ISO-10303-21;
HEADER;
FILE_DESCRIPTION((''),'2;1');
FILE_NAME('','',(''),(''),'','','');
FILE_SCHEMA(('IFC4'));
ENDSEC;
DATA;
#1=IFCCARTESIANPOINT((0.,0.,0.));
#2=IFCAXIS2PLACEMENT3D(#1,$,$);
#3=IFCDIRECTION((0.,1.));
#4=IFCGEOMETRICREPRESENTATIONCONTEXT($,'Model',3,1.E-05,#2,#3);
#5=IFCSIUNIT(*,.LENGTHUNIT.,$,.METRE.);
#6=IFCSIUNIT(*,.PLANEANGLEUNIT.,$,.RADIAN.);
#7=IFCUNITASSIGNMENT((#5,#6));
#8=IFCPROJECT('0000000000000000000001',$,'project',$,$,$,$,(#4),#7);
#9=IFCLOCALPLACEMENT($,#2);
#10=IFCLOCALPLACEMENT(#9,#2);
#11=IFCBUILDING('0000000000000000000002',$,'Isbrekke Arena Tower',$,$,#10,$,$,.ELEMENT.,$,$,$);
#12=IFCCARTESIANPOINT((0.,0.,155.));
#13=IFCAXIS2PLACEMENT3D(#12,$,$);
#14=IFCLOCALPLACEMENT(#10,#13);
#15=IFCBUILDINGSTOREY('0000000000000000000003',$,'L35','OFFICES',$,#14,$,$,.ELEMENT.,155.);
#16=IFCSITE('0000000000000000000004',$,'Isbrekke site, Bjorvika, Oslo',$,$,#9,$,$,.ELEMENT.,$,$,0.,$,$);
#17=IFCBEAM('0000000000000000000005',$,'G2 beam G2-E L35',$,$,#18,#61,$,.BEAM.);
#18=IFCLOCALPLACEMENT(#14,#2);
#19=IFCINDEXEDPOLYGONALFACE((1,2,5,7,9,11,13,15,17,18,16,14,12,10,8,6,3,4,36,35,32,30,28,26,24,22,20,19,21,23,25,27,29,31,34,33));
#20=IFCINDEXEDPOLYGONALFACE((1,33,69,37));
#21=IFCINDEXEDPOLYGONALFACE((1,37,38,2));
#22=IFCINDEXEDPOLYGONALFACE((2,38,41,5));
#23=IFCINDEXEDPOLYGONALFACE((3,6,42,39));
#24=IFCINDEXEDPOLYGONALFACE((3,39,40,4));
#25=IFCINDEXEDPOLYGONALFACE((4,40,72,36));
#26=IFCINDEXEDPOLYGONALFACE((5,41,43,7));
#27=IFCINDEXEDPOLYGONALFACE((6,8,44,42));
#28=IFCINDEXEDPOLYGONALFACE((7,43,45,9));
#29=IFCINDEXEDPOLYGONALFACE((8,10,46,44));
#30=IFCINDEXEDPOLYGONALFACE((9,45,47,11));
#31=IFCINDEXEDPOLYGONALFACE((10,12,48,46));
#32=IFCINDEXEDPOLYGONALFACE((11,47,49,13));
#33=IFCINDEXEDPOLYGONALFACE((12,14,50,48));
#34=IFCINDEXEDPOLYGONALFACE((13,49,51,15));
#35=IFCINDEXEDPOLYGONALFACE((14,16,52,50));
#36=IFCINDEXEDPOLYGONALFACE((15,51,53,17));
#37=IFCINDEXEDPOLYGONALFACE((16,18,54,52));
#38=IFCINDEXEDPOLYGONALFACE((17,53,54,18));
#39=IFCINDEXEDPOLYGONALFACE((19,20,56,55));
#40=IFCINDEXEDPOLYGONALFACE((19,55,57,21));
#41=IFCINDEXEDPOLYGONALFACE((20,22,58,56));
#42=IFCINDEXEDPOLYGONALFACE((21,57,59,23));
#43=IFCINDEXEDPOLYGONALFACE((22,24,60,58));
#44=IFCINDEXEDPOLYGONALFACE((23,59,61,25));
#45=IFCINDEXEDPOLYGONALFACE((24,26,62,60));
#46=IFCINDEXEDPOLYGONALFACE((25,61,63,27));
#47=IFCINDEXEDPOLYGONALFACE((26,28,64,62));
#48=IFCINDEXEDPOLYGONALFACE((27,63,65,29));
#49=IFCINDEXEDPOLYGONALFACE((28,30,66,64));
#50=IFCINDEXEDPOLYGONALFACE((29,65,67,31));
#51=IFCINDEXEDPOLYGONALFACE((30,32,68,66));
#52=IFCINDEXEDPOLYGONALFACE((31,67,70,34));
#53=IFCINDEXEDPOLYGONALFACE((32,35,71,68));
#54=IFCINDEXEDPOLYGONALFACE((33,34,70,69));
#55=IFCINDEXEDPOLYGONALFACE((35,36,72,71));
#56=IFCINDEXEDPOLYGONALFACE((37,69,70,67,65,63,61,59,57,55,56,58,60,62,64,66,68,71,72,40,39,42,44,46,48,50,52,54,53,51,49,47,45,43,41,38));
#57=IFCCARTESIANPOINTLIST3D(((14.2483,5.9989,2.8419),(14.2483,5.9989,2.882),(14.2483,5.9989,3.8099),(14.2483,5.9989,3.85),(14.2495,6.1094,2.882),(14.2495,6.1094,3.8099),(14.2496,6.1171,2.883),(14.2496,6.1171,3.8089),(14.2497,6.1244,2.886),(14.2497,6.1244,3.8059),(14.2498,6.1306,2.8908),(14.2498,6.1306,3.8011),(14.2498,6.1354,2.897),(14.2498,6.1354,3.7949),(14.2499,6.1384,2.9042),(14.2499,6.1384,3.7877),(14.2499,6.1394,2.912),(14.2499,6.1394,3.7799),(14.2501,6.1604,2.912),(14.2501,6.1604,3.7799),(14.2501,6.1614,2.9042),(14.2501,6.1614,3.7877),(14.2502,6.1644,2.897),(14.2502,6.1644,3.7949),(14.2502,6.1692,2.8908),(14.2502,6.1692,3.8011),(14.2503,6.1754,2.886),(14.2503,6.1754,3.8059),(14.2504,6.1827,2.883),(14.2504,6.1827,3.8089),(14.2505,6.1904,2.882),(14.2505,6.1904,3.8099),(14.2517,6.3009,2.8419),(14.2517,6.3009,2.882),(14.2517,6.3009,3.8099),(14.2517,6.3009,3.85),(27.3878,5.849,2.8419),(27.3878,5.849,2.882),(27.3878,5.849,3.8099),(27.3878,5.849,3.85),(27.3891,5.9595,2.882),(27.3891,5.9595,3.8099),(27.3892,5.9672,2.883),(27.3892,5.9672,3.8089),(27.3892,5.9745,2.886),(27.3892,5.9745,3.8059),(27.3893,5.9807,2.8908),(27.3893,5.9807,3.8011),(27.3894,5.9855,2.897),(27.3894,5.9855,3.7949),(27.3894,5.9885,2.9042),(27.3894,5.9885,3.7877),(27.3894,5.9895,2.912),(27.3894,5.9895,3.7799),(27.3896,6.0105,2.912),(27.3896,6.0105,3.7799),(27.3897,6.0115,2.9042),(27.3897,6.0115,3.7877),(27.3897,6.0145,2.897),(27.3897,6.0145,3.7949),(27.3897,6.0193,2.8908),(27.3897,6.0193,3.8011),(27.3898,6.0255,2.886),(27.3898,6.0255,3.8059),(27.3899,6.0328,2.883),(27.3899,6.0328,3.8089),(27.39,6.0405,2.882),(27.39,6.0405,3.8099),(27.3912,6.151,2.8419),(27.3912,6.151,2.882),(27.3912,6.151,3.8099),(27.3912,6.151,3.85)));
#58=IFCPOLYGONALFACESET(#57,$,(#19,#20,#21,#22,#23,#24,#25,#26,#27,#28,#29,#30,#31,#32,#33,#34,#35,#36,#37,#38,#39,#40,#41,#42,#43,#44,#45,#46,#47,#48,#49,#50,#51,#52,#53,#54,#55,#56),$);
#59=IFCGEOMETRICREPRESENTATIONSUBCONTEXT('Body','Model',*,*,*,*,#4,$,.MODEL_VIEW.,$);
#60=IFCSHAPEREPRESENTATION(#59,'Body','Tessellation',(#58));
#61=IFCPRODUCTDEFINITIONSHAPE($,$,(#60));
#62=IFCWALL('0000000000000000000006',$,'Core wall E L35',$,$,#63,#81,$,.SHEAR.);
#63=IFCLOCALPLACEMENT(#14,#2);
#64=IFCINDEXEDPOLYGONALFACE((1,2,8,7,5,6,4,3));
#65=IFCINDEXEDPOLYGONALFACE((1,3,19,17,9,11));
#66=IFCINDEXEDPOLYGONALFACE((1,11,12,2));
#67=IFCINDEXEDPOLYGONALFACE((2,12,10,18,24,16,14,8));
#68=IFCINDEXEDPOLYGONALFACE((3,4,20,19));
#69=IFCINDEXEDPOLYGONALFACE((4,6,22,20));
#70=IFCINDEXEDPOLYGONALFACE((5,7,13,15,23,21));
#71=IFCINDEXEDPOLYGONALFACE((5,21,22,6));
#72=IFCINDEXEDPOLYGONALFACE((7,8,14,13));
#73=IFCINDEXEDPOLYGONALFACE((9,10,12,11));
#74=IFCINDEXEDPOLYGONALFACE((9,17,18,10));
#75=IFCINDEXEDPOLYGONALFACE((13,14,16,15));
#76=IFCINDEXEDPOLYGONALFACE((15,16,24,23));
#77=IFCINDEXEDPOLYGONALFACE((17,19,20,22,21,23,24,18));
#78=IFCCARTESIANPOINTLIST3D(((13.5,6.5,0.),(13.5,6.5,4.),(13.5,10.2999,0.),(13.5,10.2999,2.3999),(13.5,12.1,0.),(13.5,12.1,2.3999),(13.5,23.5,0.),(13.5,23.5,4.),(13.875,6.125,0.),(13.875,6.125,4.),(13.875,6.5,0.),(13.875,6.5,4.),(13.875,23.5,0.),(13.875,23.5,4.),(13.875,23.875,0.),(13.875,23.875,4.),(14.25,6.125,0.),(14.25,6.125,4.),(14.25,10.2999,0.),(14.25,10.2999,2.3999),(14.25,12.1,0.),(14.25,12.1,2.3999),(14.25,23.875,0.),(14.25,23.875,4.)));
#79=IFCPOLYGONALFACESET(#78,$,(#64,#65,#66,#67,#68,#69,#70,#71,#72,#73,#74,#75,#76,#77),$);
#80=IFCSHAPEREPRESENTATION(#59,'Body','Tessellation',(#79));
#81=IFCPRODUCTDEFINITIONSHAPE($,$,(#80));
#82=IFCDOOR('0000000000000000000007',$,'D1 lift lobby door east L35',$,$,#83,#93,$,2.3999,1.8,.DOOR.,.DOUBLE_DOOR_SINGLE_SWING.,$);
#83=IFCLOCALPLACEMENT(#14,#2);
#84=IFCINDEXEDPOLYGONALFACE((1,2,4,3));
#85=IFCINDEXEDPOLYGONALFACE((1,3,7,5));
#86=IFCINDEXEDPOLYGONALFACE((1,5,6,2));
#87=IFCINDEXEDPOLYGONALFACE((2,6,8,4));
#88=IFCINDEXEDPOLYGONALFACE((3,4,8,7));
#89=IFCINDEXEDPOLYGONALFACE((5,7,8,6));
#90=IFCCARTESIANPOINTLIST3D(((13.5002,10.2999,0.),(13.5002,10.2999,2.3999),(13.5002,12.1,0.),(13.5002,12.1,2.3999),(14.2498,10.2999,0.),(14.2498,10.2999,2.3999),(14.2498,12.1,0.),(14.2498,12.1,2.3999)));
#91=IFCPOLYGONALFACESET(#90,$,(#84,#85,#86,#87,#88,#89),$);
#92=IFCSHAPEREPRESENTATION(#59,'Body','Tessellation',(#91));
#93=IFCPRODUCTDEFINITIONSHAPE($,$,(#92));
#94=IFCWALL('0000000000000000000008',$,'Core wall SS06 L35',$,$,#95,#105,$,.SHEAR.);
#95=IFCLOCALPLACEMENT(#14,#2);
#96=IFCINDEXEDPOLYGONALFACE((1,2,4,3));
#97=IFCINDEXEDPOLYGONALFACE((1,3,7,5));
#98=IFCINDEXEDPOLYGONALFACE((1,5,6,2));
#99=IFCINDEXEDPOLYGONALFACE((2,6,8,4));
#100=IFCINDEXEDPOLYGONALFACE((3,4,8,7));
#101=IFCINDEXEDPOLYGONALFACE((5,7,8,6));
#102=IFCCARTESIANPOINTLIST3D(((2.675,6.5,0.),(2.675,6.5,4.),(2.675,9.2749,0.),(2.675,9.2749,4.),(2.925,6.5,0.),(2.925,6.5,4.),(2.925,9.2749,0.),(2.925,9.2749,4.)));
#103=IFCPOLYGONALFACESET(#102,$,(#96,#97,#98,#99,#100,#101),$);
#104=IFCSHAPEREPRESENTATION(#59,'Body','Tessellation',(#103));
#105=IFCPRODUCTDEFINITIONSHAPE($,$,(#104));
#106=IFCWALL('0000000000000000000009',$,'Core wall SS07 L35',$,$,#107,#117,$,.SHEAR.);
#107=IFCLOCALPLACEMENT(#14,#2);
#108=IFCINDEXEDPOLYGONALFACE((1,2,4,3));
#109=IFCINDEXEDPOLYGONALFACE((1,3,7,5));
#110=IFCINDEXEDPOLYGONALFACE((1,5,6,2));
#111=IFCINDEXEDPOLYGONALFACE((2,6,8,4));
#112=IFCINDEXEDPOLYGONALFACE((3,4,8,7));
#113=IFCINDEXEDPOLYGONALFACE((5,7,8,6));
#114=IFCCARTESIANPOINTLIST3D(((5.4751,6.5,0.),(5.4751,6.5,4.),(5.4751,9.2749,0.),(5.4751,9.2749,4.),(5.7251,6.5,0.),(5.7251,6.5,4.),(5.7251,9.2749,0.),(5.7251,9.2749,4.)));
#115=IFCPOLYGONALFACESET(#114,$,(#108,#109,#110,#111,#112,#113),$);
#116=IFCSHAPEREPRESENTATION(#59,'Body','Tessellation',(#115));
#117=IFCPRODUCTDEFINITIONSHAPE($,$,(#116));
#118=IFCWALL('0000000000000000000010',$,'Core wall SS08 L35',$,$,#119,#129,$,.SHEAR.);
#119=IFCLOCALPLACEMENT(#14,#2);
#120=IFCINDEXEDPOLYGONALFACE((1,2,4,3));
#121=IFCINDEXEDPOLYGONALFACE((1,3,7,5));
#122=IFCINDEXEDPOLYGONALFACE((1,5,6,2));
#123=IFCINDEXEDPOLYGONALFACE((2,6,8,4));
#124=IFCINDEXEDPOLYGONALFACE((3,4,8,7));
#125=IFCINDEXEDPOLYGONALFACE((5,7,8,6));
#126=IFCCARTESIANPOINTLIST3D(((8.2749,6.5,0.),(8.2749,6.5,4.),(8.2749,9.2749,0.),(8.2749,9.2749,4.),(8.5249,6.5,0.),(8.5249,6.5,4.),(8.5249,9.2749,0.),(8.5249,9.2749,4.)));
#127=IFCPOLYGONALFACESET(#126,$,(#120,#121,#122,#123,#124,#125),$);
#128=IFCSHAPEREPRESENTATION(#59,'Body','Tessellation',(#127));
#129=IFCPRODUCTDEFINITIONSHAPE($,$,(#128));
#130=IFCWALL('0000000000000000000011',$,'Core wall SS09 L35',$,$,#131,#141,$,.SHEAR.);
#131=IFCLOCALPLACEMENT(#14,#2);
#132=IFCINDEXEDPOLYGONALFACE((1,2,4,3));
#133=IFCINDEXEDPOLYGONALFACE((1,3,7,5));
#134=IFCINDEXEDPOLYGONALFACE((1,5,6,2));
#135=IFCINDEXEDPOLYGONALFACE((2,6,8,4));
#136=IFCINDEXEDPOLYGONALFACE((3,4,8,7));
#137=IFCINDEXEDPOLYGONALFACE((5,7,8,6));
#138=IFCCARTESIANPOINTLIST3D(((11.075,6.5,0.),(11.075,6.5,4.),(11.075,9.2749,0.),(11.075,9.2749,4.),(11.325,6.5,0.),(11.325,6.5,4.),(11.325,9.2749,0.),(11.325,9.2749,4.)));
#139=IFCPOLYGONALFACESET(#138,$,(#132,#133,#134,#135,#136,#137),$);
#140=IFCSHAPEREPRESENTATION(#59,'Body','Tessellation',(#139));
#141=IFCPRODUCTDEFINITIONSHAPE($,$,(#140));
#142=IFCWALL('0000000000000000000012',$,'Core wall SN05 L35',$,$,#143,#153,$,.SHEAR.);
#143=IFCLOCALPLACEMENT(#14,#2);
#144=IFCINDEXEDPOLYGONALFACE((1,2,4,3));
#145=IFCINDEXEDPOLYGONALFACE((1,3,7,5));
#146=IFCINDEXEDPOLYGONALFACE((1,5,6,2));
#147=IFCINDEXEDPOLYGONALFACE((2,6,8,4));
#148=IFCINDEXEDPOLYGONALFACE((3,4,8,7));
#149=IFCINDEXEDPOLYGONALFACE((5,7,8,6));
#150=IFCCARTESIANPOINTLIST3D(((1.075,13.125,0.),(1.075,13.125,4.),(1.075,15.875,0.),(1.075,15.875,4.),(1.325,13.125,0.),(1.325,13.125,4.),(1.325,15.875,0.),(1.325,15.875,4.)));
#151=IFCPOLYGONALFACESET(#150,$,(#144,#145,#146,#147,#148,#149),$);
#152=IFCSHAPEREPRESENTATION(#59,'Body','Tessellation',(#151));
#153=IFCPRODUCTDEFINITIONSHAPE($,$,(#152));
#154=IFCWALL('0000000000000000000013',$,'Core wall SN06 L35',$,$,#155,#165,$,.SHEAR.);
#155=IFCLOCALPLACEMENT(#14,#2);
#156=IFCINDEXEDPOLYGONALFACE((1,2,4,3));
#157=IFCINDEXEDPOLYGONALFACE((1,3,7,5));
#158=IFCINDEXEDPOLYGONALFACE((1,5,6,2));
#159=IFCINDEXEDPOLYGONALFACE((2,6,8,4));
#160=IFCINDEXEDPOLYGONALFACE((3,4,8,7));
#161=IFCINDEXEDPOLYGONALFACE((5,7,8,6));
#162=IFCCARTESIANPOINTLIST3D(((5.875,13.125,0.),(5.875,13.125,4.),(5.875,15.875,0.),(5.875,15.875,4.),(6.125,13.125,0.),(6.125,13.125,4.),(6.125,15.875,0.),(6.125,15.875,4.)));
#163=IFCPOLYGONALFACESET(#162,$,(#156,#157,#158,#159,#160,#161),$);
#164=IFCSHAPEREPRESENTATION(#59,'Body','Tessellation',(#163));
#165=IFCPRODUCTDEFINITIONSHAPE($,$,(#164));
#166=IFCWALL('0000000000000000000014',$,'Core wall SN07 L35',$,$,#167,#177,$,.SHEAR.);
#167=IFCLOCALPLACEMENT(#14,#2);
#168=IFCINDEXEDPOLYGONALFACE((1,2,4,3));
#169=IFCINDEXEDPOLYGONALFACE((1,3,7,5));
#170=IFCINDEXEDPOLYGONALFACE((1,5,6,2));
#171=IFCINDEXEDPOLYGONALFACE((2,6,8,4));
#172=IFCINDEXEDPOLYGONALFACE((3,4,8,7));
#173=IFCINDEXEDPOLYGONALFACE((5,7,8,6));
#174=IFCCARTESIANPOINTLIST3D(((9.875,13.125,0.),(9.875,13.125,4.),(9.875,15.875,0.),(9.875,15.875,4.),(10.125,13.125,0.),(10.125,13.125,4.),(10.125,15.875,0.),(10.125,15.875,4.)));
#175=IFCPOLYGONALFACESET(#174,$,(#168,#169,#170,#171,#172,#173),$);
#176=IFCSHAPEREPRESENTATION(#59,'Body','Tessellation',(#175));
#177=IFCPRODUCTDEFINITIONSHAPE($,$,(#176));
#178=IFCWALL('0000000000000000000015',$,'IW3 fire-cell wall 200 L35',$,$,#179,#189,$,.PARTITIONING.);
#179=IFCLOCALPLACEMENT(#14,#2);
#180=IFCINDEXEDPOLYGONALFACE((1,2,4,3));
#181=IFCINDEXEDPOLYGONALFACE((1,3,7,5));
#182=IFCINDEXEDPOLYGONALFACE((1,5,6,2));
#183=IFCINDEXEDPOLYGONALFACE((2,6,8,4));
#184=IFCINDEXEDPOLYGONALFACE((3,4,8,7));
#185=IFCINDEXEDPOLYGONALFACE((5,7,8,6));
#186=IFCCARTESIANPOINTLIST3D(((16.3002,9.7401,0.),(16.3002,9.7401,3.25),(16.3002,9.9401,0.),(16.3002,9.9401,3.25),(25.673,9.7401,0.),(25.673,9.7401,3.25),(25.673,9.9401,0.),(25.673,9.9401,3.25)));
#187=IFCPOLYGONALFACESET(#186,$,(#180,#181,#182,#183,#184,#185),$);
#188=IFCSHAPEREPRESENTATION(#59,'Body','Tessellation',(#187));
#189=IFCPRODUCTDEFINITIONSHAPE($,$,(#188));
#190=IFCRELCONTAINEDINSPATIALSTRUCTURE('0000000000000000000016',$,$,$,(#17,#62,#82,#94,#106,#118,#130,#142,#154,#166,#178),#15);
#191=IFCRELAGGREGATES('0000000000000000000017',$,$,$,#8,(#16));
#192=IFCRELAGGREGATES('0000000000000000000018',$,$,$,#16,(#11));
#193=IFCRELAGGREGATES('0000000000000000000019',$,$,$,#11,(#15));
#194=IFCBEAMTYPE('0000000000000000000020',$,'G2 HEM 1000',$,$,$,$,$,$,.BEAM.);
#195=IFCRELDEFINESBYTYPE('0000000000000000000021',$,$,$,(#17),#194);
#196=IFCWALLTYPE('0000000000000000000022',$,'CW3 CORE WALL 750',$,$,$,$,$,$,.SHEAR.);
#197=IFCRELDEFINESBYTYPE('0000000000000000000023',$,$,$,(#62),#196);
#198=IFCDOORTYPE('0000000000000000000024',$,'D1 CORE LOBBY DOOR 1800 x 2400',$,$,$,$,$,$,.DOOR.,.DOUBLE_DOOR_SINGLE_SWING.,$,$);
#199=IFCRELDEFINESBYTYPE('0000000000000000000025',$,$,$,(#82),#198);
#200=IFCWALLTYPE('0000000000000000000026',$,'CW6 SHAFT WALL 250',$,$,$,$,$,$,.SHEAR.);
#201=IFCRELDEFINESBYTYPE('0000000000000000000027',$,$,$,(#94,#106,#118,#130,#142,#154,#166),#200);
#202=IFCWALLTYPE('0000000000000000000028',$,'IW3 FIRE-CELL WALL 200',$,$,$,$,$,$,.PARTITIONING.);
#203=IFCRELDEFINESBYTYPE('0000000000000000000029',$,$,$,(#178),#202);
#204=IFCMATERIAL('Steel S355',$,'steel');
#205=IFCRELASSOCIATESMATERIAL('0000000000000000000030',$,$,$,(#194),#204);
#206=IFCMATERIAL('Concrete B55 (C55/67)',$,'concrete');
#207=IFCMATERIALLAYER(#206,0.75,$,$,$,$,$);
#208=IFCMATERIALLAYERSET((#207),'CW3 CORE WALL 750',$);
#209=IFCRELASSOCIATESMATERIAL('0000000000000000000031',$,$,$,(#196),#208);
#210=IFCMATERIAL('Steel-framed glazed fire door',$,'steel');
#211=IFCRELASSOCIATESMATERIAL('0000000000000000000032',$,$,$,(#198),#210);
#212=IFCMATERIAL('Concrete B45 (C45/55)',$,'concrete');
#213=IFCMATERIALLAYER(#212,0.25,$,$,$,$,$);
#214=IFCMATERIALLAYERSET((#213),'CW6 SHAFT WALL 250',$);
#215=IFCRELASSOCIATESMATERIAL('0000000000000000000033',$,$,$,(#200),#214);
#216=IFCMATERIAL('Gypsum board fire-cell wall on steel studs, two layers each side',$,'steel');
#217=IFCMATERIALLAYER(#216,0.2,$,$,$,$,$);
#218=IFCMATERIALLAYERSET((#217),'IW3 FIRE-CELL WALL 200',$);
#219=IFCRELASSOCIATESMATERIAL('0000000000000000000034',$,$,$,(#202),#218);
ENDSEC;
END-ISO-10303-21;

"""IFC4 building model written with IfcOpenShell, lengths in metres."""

from ifc_helpers import new_model, si_unit, direction, frame, frame_2d, origin, origin_2d, place, context, subcontext, project, spatial, polyline, rectangle, i_section, outline, extrude, material, layer, layer_set, material_profile, profile_set, type_object, element, fill, save


model = new_model("IFC4")

# Units and contexts
model_context = context("Model", 3, precision=1e-05, world=origin(), true_north=direction((0.0, 1.0)))
body_context = subcontext(model_context, "Body", "Model", "MODEL_VIEW")
ifc_project = project(units=[si_unit("LENGTHUNIT", "METRE"), si_unit("PLANEANGLEUNIT", "RADIAN")], contexts=[model_context])

# Site, building, storey
site_placement = place(None, origin())
site = spatial("IfcSite", under=ifc_project, at=site_placement, Name="Isbrekke site, Bjorvika, Oslo", CompositionType="ELEMENT", RefElevation=0.0)
building_placement = place(site_placement, origin())
building = spatial("IfcBuilding", under=site, at=building_placement, Name="Isbrekke Arena Tower", CompositionType="ELEMENT")
storey_placement = place(building_placement, frame((0.0, 0.0, 155.0)))
storey = spatial("IfcBuildingStorey", under=building, at=storey_placement, Name="L35", Description="OFFICES", CompositionType="ELEMENT", Elevation=155.0)

# Beam
ifc_material_1 = material(Name="Steel S355", Category="steel")
ifc_material_profile = material_profile(ifc_material_1, i_section(OverallWidth=0.302, OverallDepth=1.0081, WebThickness=0.021, FlangeThickness=0.04, FilletRadius=0.03, at=origin_2d()), Name="HEM 1000")
ifc_profile_set = profile_set([ifc_material_profile], Name="Steel S355")
beam_type = type_object("IfcBeamType", Name="G2 HEM 1000", PredefinedType="BEAM", material=ifc_profile_set)
beam_placement = place(storey_placement, frame((14.25, 6.1499, 3.3459), z_axis=(0.999935, -0.011408, 0.0), x_axis=(0.011408, 0.999935, 0.0)))
element("IfcBeam", 1, at=beam_placement, inside=storey, type_object=beam_type, Name="G2 beam G2-E L35", PredefinedType="BEAM", context=body_context, shape_type="SweptSolid", body=[
    extrude(i_section(OverallWidth=0.302, OverallDepth=1.0081, WebThickness=0.021, FlangeThickness=0.04, FilletRadius=0.03, at=origin_2d()), origin(), (0.0, 0.0, 1.0), 13.1404),
])

# Wall, opening, door
ifc_material_2 = material(Name="Concrete B55 (C55/67)", Category="concrete")
ifc_layer_1 = layer(ifc_material_2, 0.75)
ifc_layer_set_1 = layer_set([ifc_layer_1], Name="CW3 CORE WALL 750")
wall_type_1 = type_object("IfcWallType", Name="CW3 CORE WALL 750", PredefinedType="SHEAR", material=ifc_layer_set_1)
wall_1_placement = place(storey_placement, frame((13.875, 6.125, 0.0), z_axis=(0.0, 0.0, 1.0), x_axis=(0.0, 1.0, 0.0)))
wall_1 = element("IfcWall", 2, at=wall_1_placement, inside=storey, type_object=wall_type_1, Name="Core wall E L35", PredefinedType="SHEAR", context=body_context, shape_type="SweptSolid", body=[
    extrude(outline(polyline([(0.0, -0.375), (17.75, -0.375), (17.75, 0.0), (17.375, 0.0), (17.375, 0.375), (0.375, 0.375), (0.375, 0.0), (0.0, 0.0), (0.0, -0.375)])), origin(), (0.0, 0.0, 1.0), 4.0),
])
opening_1_placement = place(wall_1_placement, frame((4.175, 0.0, 0.0)))
opening_1 = element("IfcOpeningElement", 3, at=opening_1_placement, cuts=wall_1, PredefinedType="OPENING", context=body_context, shape_type="SweptSolid", body=[
    extrude(rectangle(XDim=1.8, YDim=2.3999, at=frame_2d((0.8999, 1.2))), frame((0.0, 0.3899, 0.0), z_axis=(0.0, -1.0, 0.0), x_axis=(1.0, 0.0, 0.0)), (0.0, 0.0, 1.0), 0.7798),
])
ifc_material_3 = material(Name="Steel-framed glazed fire door", Category="steel")
door_type_1 = type_object("IfcDoorType", Name="D1 CORE LOBBY DOOR 1800 x 2400", OperationType="DOUBLE_DOOR_SINGLE_SWING", PredefinedType="DOOR", material=ifc_material_3)
door_1_placement = place(opening_1_placement, origin())
door_1 = element("IfcDoor", 4, at=door_1_placement, inside=storey, type_object=door_type_1, Name="D1 lift lobby door east L35", OperationType="DOUBLE_DOOR_SINGLE_SWING", OverallHeight=2.3999, OverallWidth=1.8, PredefinedType="DOOR", context=body_context, shape_type="SweptSolid", body=[
    extrude(rectangle(XDim=1.8, YDim=2.3999, at=frame_2d((0.8999, 1.2))), frame((0.0, 0.3748, 0.0), z_axis=(0.0, -1.0, 0.0), x_axis=(1.0, 0.0, 0.0)), (0.0, 0.0, 1.0), 0.7495),
])
fill(opening_1, door_1)

# Walls
ifc_material_4 = material(Name="Concrete B45 (C45/55)", Category="concrete")
ifc_layer_2 = layer(ifc_material_4, 0.25)
ifc_layer_set_2 = layer_set([ifc_layer_2], Name="CW6 SHAFT WALL 250")
wall_type_2 = type_object("IfcWallType", Name="CW6 SHAFT WALL 250", PredefinedType="SHEAR", material=ifc_layer_set_2)
for number, where, z_axis, x_axis, name in (
    (5, (2.8, 6.5, 0.0), (0.0, 0.0, 1.0), (0.0, 1.0, 0.0), "Core wall SS06 L35"),
    (6, (5.6001, 6.5, 0.0), (0.0, 0.0, 1.0), (0.0, 1.0, 0.0), "Core wall SS07 L35"),
    (7, (8.3999, 6.5, 0.0), (0.0, 0.0, 1.0), (0.0, 1.0, 0.0), "Core wall SS08 L35"),
    (8, (11.2, 6.5, 0.0), (0.0, 0.0, 1.0), (0.0, 1.0, 0.0), "Core wall SS09 L35"),
):
    element("IfcWall", number, at=place(storey_placement, frame(where, z_axis=z_axis, x_axis=x_axis)), inside=storey, type_object=wall_type_2, Name=name, PredefinedType="SHEAR", context=body_context, shape_type="SweptSolid", body=[
        extrude(rectangle(XDim=2.7749, YDim=0.25, at=frame_2d((1.3875, 0.0))), origin(), (0.0, 0.0, 1.0), 4.0),
    ])
for number, where, z_axis, x_axis, name in (
    (9, (1.2, 13.125, 0.0), (0.0, 0.0, 1.0), (0.0, 1.0, 0.0), "Core wall SN05 L35"),
    (10, (6.0, 13.125, 0.0), (0.0, 0.0, 1.0), (0.0, 1.0, 0.0), "Core wall SN06 L35"),
    (11, (10.0, 13.125, 0.0), (0.0, 0.0, 1.0), (0.0, 1.0, 0.0), "Core wall SN07 L35"),
):
    element("IfcWall", number, at=place(storey_placement, frame(where, z_axis=z_axis, x_axis=x_axis)), inside=storey, type_object=wall_type_2, Name=name, PredefinedType="SHEAR", context=body_context, shape_type="SweptSolid", body=[
        extrude(rectangle(XDim=2.75, YDim=0.25, at=frame_2d((1.375, 0.0))), origin(), (0.0, 0.0, 1.0), 4.0),
    ])
ifc_material_5 = material(Name="Gypsum board fire-cell wall on steel studs, two layers each side", Category="steel")
ifc_layer_3 = layer(ifc_material_5, 0.2)
ifc_layer_set_3 = layer_set([ifc_layer_3], Name="IW3 FIRE-CELL WALL 200")
wall_type_3 = type_object("IfcWallType", Name="IW3 FIRE-CELL WALL 200", PredefinedType="PARTITIONING", material=ifc_layer_set_3)
wall_2_placement = place(storey_placement, frame((16.3, 9.8401, 0.0), z_axis=(0.0, 0.0, 1.0), x_axis=(1.0, 0.0, 0.0)))
element("IfcWall", 12, at=wall_2_placement, inside=storey, type_object=wall_type_3, Name="IW3 fire-cell wall 200 L35", PredefinedType="PARTITIONING", context=body_context, shape_type="SweptSolid", body=[
    extrude(rectangle(XDim=9.3728, YDim=0.2, at=frame_2d((4.6865, 0.0))), origin(), (0.0, 0.0, 1.0), 3.25),
])

save(model, "model.ifc")
